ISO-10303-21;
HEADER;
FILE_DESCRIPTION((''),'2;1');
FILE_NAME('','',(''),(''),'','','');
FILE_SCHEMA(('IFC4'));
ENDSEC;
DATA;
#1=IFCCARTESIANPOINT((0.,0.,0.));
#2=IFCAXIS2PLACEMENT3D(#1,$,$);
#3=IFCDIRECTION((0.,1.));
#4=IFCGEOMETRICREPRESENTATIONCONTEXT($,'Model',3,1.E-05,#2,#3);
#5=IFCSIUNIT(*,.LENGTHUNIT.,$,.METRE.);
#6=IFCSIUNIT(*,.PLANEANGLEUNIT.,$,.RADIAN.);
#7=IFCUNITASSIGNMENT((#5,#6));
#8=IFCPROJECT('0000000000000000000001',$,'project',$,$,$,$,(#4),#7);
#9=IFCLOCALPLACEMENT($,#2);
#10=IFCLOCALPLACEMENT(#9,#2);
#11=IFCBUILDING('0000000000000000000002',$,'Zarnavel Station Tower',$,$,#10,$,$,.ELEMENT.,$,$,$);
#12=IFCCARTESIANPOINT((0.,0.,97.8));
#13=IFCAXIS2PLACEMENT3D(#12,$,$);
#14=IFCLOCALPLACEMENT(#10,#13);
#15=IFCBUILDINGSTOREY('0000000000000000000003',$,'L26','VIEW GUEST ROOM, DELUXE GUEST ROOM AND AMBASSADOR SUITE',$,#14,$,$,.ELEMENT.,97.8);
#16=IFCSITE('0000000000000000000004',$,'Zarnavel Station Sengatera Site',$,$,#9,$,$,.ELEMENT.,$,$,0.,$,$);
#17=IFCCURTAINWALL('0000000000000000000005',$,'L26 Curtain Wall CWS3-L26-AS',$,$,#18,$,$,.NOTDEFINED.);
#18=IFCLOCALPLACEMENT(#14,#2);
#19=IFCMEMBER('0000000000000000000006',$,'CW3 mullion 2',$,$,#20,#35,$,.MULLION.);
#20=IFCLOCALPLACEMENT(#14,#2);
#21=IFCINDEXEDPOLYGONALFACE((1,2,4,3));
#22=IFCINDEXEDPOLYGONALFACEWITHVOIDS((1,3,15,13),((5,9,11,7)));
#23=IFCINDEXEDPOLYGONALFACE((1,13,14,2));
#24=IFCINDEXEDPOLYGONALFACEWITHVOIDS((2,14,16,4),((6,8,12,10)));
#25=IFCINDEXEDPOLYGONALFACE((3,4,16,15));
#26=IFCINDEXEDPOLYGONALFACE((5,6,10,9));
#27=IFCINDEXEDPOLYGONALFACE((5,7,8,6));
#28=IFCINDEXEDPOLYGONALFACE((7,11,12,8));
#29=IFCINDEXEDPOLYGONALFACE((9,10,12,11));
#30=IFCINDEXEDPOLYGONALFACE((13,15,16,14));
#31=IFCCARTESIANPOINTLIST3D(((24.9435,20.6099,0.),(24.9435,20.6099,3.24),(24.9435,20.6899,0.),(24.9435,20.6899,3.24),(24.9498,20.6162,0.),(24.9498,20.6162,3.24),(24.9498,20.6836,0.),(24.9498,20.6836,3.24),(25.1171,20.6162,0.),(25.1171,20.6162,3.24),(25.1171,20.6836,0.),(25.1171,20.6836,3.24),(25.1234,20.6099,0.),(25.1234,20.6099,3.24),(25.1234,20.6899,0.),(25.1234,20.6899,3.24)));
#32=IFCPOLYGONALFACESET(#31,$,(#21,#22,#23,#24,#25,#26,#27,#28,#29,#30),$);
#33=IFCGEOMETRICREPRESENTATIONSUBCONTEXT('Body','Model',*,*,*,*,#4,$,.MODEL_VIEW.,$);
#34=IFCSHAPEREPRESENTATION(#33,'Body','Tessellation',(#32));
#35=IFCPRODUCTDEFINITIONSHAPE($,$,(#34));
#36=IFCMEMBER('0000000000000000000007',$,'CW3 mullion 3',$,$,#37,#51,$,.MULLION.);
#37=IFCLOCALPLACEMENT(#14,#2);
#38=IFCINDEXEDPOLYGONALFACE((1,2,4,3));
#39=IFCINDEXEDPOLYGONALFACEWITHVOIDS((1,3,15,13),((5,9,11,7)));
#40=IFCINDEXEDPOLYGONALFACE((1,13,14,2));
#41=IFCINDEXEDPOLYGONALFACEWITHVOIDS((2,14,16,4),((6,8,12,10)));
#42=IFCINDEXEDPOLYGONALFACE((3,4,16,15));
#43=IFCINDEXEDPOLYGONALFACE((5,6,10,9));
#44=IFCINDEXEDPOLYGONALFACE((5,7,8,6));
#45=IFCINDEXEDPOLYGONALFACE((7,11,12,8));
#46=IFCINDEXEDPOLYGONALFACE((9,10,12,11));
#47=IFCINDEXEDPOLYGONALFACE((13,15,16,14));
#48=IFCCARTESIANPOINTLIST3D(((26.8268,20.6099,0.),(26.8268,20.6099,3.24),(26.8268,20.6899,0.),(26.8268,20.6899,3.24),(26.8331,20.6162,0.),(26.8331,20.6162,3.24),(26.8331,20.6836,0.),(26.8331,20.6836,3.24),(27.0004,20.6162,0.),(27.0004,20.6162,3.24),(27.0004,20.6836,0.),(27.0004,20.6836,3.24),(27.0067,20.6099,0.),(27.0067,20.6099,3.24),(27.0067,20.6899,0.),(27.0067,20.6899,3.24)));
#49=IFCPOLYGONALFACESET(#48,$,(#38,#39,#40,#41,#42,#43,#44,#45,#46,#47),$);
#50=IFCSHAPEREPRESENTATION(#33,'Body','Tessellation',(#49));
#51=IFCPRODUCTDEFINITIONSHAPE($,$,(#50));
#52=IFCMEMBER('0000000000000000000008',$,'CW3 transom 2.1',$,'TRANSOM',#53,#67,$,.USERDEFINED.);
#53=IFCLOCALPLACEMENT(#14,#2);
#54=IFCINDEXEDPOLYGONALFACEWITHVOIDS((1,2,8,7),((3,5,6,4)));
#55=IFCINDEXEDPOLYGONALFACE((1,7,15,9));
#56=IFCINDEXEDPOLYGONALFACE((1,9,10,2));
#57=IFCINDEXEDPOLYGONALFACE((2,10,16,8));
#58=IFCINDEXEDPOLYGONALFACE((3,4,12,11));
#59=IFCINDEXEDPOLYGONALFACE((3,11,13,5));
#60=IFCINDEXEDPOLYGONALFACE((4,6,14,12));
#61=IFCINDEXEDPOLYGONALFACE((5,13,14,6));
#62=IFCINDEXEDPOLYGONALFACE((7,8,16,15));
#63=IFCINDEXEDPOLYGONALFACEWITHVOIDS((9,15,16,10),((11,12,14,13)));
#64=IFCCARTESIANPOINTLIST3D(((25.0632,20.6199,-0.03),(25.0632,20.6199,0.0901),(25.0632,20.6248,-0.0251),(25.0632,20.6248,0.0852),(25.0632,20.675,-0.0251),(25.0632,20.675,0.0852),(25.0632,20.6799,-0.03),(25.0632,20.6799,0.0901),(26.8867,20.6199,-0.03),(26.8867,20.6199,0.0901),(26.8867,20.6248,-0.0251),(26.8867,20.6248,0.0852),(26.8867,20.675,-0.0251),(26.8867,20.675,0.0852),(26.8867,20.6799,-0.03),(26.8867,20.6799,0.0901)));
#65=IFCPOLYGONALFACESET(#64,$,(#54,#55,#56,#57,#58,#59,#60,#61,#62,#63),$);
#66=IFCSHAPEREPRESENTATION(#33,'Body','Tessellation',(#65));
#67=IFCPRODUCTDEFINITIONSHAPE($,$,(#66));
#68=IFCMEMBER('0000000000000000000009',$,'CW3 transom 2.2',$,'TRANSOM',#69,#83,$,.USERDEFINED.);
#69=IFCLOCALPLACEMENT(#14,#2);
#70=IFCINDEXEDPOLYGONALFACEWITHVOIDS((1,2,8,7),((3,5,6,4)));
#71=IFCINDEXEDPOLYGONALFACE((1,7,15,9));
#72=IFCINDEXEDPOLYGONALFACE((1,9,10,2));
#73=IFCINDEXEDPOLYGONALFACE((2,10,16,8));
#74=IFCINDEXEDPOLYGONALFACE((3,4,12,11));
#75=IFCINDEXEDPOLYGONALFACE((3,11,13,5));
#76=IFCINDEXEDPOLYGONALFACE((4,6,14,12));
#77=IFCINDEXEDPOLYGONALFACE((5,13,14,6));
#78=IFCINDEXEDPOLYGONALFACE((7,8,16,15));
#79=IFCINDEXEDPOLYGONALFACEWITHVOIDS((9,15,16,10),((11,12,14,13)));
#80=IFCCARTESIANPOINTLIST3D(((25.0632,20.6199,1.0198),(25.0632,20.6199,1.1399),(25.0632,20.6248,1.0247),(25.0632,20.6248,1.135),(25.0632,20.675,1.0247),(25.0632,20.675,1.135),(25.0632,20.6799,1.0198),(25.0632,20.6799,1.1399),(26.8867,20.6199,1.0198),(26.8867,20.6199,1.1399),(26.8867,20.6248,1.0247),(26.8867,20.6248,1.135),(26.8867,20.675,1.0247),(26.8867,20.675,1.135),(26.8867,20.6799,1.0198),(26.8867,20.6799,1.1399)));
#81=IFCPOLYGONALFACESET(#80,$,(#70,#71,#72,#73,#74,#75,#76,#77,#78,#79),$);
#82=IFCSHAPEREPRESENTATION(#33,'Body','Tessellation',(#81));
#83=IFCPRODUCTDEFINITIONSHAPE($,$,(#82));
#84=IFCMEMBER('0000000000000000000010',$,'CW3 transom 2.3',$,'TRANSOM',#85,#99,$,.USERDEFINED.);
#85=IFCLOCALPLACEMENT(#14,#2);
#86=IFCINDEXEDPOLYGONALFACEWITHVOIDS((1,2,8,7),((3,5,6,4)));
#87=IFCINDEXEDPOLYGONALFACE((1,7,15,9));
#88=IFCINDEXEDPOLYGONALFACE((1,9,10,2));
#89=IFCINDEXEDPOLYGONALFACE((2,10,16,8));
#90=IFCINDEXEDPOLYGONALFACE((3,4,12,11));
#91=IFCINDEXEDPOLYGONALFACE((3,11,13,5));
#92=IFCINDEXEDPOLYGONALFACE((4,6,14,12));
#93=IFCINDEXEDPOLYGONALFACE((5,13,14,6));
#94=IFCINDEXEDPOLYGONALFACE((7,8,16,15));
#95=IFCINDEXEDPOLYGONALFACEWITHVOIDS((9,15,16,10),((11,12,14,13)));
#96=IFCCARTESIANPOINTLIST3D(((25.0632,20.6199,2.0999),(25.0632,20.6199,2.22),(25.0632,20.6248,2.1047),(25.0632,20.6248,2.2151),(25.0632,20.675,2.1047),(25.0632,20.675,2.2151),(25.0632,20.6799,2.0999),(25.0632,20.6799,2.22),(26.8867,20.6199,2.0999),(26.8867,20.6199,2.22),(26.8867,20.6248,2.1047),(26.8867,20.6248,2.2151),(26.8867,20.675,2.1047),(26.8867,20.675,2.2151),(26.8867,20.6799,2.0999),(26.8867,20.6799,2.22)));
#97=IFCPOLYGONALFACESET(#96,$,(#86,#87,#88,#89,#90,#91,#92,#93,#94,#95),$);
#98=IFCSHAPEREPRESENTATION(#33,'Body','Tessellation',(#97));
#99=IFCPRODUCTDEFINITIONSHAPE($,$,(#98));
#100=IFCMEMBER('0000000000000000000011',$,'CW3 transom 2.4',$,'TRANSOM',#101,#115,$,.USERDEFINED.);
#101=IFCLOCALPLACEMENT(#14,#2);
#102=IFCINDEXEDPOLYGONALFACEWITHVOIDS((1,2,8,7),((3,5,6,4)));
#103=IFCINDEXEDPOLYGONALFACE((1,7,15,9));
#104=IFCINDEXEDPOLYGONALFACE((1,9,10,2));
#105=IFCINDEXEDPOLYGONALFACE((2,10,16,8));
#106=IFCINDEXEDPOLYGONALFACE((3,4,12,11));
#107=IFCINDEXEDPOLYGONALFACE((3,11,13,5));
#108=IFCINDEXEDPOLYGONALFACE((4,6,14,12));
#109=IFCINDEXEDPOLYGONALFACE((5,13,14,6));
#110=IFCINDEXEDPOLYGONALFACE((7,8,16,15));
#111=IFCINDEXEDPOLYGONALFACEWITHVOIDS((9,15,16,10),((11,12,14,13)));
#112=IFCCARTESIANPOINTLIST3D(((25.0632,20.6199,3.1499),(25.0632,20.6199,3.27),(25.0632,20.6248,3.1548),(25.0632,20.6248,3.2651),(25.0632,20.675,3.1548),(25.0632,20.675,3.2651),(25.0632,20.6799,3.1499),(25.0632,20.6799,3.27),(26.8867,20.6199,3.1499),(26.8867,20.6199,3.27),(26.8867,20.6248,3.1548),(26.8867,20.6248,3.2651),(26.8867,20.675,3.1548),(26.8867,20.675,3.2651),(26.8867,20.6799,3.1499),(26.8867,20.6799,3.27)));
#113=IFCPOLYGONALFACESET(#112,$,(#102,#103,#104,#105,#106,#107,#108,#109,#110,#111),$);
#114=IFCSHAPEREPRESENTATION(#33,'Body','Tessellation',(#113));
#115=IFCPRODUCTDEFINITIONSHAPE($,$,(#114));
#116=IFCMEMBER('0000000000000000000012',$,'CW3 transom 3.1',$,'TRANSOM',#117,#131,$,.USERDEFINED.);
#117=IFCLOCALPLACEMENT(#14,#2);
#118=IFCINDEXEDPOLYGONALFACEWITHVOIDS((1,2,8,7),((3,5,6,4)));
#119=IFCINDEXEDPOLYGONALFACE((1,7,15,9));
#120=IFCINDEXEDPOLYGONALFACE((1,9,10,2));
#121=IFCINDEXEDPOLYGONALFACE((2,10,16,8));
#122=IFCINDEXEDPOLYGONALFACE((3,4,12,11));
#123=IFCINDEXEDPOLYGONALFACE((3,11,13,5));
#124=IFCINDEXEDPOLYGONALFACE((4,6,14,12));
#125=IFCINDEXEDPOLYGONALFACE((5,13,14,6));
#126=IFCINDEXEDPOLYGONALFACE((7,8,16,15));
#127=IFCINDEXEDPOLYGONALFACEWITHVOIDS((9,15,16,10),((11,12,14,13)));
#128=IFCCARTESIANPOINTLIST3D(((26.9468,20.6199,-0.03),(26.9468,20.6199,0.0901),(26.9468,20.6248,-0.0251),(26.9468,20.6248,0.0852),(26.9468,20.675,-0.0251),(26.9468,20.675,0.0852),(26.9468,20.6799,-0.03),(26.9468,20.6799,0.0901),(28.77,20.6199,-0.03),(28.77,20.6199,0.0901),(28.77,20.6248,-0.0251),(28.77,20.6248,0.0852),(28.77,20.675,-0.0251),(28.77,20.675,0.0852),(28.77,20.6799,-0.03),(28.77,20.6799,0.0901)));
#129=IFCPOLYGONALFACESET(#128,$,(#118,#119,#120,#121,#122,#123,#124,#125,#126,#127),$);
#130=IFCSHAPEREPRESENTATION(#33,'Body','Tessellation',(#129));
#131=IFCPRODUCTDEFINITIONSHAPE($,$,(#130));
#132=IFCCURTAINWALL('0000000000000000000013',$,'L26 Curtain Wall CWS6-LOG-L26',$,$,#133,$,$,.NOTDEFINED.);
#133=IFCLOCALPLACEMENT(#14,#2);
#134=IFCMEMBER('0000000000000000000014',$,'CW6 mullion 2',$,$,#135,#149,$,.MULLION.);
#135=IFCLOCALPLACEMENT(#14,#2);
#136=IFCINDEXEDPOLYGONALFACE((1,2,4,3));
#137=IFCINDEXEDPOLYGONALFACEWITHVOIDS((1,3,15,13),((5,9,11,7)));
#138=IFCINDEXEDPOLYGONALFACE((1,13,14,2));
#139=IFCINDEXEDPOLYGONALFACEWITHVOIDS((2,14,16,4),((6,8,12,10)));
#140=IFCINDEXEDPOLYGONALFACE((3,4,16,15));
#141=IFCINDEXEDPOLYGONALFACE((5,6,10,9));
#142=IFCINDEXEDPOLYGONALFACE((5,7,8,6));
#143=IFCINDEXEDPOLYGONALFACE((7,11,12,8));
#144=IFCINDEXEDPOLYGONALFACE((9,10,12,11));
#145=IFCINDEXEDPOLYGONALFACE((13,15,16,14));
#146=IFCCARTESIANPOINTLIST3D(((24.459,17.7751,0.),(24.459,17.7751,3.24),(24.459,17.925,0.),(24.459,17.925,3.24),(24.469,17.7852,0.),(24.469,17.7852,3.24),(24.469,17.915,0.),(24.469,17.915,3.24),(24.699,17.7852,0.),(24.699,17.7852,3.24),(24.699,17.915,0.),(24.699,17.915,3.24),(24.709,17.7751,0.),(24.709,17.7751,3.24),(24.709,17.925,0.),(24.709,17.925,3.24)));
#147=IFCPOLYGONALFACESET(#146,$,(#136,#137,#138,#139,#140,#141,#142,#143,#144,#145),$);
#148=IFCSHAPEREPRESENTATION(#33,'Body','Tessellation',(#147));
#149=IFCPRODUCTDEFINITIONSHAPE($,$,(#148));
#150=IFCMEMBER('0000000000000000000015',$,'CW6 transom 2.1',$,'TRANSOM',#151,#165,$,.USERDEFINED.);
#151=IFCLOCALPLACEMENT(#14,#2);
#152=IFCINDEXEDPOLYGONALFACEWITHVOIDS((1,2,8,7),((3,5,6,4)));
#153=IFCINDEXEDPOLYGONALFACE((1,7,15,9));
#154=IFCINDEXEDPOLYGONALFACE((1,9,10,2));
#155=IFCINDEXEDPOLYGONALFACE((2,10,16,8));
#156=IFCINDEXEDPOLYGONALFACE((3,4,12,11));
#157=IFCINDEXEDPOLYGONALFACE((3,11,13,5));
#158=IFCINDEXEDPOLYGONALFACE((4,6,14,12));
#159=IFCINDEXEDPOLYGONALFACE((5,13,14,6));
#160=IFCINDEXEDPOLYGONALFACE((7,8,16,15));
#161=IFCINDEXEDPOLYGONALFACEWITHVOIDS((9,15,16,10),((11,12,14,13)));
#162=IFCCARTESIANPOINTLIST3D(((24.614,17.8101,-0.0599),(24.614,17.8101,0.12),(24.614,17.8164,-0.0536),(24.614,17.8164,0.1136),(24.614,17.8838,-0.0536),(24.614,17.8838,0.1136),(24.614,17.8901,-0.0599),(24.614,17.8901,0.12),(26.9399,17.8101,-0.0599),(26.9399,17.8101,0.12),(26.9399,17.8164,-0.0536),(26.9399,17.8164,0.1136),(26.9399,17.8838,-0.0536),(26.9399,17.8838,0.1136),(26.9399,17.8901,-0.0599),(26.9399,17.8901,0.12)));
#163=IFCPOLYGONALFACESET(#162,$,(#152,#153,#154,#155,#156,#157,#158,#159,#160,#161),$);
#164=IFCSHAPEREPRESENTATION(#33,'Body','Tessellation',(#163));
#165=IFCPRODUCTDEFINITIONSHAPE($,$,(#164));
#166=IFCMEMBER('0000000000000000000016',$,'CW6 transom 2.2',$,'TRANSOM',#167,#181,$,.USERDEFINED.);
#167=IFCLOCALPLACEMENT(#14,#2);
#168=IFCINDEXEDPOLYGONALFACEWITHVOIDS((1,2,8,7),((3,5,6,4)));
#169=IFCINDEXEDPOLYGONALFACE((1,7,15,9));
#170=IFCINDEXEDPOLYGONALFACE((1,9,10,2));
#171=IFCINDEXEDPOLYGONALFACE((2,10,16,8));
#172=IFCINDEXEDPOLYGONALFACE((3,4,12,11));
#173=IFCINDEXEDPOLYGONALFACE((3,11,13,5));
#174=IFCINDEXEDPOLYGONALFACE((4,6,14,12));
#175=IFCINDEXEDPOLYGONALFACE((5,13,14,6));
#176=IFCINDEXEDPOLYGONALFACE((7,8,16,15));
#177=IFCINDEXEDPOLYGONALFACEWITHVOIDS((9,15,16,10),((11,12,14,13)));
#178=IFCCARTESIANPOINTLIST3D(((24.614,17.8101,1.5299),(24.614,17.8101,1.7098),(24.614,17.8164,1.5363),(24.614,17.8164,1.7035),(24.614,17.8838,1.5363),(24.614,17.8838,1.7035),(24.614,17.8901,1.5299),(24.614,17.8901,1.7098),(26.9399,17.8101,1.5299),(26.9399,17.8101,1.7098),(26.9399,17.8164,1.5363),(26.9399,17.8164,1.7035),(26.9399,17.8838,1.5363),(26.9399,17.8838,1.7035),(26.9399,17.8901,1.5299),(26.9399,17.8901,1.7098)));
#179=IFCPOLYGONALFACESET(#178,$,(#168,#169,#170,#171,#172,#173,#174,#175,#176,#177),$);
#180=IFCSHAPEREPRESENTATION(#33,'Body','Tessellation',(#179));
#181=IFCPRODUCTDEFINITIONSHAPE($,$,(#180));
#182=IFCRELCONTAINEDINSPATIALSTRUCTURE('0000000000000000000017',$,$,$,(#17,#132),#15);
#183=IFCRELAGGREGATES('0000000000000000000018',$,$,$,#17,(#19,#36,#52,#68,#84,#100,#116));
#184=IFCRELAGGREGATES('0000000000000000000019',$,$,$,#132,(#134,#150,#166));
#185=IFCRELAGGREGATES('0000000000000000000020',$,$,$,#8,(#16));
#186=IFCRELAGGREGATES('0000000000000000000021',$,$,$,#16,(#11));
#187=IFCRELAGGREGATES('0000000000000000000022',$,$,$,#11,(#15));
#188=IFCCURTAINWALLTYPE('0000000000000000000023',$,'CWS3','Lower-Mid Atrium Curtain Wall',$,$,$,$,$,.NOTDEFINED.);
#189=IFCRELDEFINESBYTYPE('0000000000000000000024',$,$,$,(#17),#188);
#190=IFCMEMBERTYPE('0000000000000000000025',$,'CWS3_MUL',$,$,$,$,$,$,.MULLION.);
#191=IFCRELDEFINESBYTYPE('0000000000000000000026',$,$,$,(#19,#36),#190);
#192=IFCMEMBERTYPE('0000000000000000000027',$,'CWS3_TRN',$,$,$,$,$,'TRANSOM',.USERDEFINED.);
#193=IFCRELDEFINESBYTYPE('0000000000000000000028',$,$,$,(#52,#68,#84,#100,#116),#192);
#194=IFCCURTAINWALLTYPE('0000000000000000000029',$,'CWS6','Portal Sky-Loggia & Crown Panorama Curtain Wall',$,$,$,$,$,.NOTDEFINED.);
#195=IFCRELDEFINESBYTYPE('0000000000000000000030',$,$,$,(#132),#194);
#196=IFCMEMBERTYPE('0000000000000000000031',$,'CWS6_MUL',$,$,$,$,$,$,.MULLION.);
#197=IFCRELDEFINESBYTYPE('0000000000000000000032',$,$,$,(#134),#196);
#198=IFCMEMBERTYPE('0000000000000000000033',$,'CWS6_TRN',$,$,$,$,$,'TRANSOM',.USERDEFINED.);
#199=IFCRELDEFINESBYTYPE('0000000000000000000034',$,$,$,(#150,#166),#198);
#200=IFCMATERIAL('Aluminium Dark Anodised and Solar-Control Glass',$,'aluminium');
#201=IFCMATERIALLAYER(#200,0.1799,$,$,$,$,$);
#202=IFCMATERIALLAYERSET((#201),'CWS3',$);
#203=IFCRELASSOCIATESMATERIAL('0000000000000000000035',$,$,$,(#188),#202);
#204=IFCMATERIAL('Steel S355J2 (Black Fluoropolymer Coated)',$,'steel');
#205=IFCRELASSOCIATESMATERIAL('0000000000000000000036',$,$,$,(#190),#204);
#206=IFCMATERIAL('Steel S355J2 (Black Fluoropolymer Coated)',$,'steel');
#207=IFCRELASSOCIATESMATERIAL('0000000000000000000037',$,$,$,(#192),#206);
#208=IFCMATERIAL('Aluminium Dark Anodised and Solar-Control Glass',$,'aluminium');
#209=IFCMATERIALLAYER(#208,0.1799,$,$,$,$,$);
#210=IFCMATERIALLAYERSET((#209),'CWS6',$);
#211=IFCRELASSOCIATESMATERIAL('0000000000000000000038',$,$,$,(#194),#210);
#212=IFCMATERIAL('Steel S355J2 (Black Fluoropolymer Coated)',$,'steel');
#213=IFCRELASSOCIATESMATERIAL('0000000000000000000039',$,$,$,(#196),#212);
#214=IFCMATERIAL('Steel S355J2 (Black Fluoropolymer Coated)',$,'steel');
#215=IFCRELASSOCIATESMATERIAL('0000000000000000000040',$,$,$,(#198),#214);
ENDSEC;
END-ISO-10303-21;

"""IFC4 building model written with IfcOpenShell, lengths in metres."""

from ifc_helpers import new_model, si_unit, direction, frame, origin, origin_2d, place, context, subcontext, project, spatial, hollow_rectangle, extrude, material, layer, layer_set, material_profile, profile_set, type_object, element, aggregate, save


model = new_model("IFC4")

# Units and contexts
model_context = context("Model", 3, precision=1e-05, world=origin(), true_north=direction((0.0, 1.0)))
body_context = subcontext(model_context, "Body", "Model", "MODEL_VIEW")
ifc_project = project(units=[si_unit("LENGTHUNIT", "METRE"), si_unit("PLANEANGLEUNIT", "RADIAN")], contexts=[model_context])

# Site, building, storey
site_placement = place(None, origin())
site = spatial("IfcSite", under=ifc_project, at=site_placement, Name="Zarnavel Station Sengatera Site", CompositionType="ELEMENT", RefElevation=0.0)
building_placement = place(site_placement, origin())
building = spatial("IfcBuilding", under=site, at=building_placement, Name="Zarnavel Station Tower", CompositionType="ELEMENT")
storey_placement = place(building_placement, frame((0.0, 0.0, 97.8)))
storey = spatial("IfcBuildingStorey", under=building, at=storey_placement, Name="L26", Description="VIEW GUEST ROOM, DELUXE GUEST ROOM AND AMBASSADOR SUITE", CompositionType="ELEMENT", Elevation=97.8)

# Curtain walls, members
ifc_material_1 = material(Name="Aluminium Dark Anodised and Solar-Control Glass", Category="aluminium")
ifc_layer_1 = layer(ifc_material_1, 0.1799)
ifc_layer_set_1 = layer_set([ifc_layer_1], Name="CWS3")
curtain_wall_type_1 = type_object("IfcCurtainWallType", Name="CWS3", Description="Lower-Mid Atrium Curtain Wall", PredefinedType="NOTDEFINED", material=ifc_layer_set_1)
curtain_wall_1_placement = place(storey_placement, origin())
curtain_wall_1 = element("IfcCurtainWall", 1, at=curtain_wall_1_placement, inside=storey, type_object=curtain_wall_type_1, Name="L26 Curtain Wall CWS3-L26-AS", PredefinedType="NOTDEFINED")
ifc_material_2 = material(Name="Steel S355J2 (Black Fluoropolymer Coated)", Category="steel")
ifc_material_profile_1 = material_profile(ifc_material_2, hollow_rectangle(XDim=0.0801, YDim=0.1799, WallThickness=0.0063, at=origin_2d()), Name="RHS180x80x6.3")
ifc_profile_set_1 = profile_set([ifc_material_profile_1], Name="Steel S355J2 (Black Fluoropolymer Coated)")
member_type_1 = type_object("IfcMemberType", Name="CWS3_MUL", PredefinedType="MULLION", material=ifc_profile_set_1)
member_1_placement = place(storey_placement, frame((25.0334, 20.6499, 0.0), z_axis=(0.0, 0.0, 1.0), x_axis=(0.0, 1.0, 0.0)))
member_1 = element("IfcMember", 2, at=member_1_placement, type_object=member_type_1, Name="CW3 mullion 2", PredefinedType="MULLION", context=body_context, shape_type="SweptSolid", body=[
    extrude(hollow_rectangle(XDim=0.0801, YDim=0.1799, WallThickness=0.0063, at=origin_2d()), origin(), (0.0, 0.0, 1.0), 3.24),
])
member_2_placement = place(storey_placement, frame((26.9167, 20.6499, 0.0), z_axis=(0.0, 0.0, 1.0), x_axis=(0.0, 1.0, 0.0)))
member_2 = element("IfcMember", 3, at=member_2_placement, type_object=member_type_1, Name="CW3 mullion 3", PredefinedType="MULLION", context=body_context, shape_type="SweptSolid", body=[
    extrude(hollow_rectangle(XDim=0.0801, YDim=0.1799, WallThickness=0.0063, at=origin_2d()), origin(), (0.0, 0.0, 1.0), 3.24),
])
ifc_material_3 = material(Name="Steel S355J2 (Black Fluoropolymer Coated)", Category="steel")
ifc_material_profile_2 = material_profile(ifc_material_3, hollow_rectangle(XDim=0.0601, YDim=0.1201, WallThickness=0.0049, at=origin_2d()), Name="RHS120x60x5")
ifc_profile_set_2 = profile_set([ifc_material_profile_2], Name="Steel S355J2 (Black Fluoropolymer Coated)")
member_type_2 = type_object("IfcMemberType", Name="CWS3_TRN", ElementType="TRANSOM", PredefinedType="USERDEFINED", material=ifc_profile_set_2)
member_3_placement = place(storey_placement, frame((25.0632, 20.6499, 0.03), z_axis=(1.0, 0.0, 0.0), x_axis=(0.0, 1.0, 0.0)))
member_3 = element("IfcMember", 4, at=member_3_placement, type_object=member_type_2, Name="CW3 transom 2.1", ObjectType="TRANSOM", PredefinedType="USERDEFINED", context=body_context, shape_type="SweptSolid", body=[
    extrude(hollow_rectangle(XDim=0.0601, YDim=0.1201, WallThickness=0.0049, at=origin_2d()), origin(), (0.0, 0.0, 1.0), 1.8235),
])
member_4_placement = place(storey_placement, frame((25.0632, 20.6499, 1.0798), z_axis=(1.0, 0.0, 0.0), x_axis=(0.0, 1.0, 0.0)))
member_4 = element("IfcMember", 5, at=member_4_placement, type_object=member_type_2, Name="CW3 transom 2.2", ObjectType="TRANSOM", PredefinedType="USERDEFINED", context=body_context, shape_type="SweptSolid", body=[
    extrude(hollow_rectangle(XDim=0.0601, YDim=0.1201, WallThickness=0.0049, at=origin_2d()), origin(), (0.0, 0.0, 1.0), 1.8235),
])
member_5_placement = place(storey_placement, frame((25.0632, 20.6499, 2.1599), z_axis=(1.0, 0.0, 0.0), x_axis=(0.0, 1.0, 0.0)))
member_5 = element("IfcMember", 6, at=member_5_placement, type_object=member_type_2, Name="CW3 transom 2.3", ObjectType="TRANSOM", PredefinedType="USERDEFINED", context=body_context, shape_type="SweptSolid", body=[
    extrude(hollow_rectangle(XDim=0.0601, YDim=0.1201, WallThickness=0.0049, at=origin_2d()), origin(), (0.0, 0.0, 1.0), 1.8235),
])
member_6_placement = place(storey_placement, frame((25.0632, 20.6499, 3.21), z_axis=(1.0, 0.0, 0.0), x_axis=(0.0, 1.0, 0.0)))
member_6 = element("IfcMember", 7, at=member_6_placement, type_object=member_type_2, Name="CW3 transom 2.4", ObjectType="TRANSOM", PredefinedType="USERDEFINED", context=body_context, shape_type="SweptSolid", body=[
    extrude(hollow_rectangle(XDim=0.0601, YDim=0.1201, WallThickness=0.0049, at=origin_2d()), origin(), (0.0, 0.0, 1.0), 1.8235),
])
member_7_placement = place(storey_placement, frame((26.9468, 20.6499, 0.03), z_axis=(1.0, 0.0, 0.0), x_axis=(0.0, 1.0, 0.0)))
member_7 = element("IfcMember", 8, at=member_7_placement, type_object=member_type_2, Name="CW3 transom 3.1", ObjectType="TRANSOM", PredefinedType="USERDEFINED", context=body_context, shape_type="SweptSolid", body=[
    extrude(hollow_rectangle(XDim=0.0601, YDim=0.1201, WallThickness=0.0049, at=origin_2d()), origin(), (0.0, 0.0, 1.0), 1.8232),
])
ifc_material_4 = material(Name="Aluminium Dark Anodised and Solar-Control Glass", Category="aluminium")
ifc_layer_2 = layer(ifc_material_4, 0.1799)
ifc_layer_set_2 = layer_set([ifc_layer_2], Name="CWS6")
curtain_wall_type_2 = type_object("IfcCurtainWallType", Name="CWS6", Description="Portal Sky-Loggia & Crown Panorama Curtain Wall", PredefinedType="NOTDEFINED", material=ifc_layer_set_2)
curtain_wall_2_placement = place(storey_placement, origin())
curtain_wall_2 = element("IfcCurtainWall", 9, at=curtain_wall_2_placement, inside=storey, type_object=curtain_wall_type_2, Name="L26 Curtain Wall CWS6-LOG-L26", PredefinedType="NOTDEFINED")
ifc_material_5 = material(Name="Steel S355J2 (Black Fluoropolymer Coated)", Category="steel")
ifc_material_profile_3 = material_profile(ifc_material_5, hollow_rectangle(XDim=0.1499, YDim=0.25, WallThickness=0.01, at=origin_2d()), Name="RHS250x150x10")
ifc_profile_set_3 = profile_set([ifc_material_profile_3], Name="Steel S355J2 (Black Fluoropolymer Coated)")
member_type_3 = type_object("IfcMemberType", Name="CWS6_MUL", PredefinedType="MULLION", material=ifc_profile_set_3)
member_8_placement = place(storey_placement, frame((24.584, 17.8501, 0.0), z_axis=(0.0, 0.0, 1.0), x_axis=(0.0, 1.0, 0.0)))
member_8 = element("IfcMember", 10, at=member_8_placement, type_object=member_type_3, Name="CW6 mullion 2", PredefinedType="MULLION", context=body_context, shape_type="SweptSolid", body=[
    extrude(hollow_rectangle(XDim=0.1499, YDim=0.25, WallThickness=0.01, at=origin_2d()), origin(), (0.0, 0.0, 1.0), 3.24),
])
ifc_material_6 = material(Name="Steel S355J2 (Black Fluoropolymer Coated)", Category="steel")
ifc_material_profile_4 = material_profile(ifc_material_6, hollow_rectangle(XDim=0.0801, YDim=0.1799, WallThickness=0.0063, at=origin_2d()), Name="RHS180x80x6.3")
ifc_profile_set_4 = profile_set([ifc_material_profile_4], Name="Steel S355J2 (Black Fluoropolymer Coated)")
member_type_4 = type_object("IfcMemberType", Name="CWS6_TRN", ElementType="TRANSOM", PredefinedType="USERDEFINED", material=ifc_profile_set_4)
member_9_placement = place(storey_placement, frame((24.614, 17.8501, 0.03), z_axis=(1.0, 0.0, 0.0), x_axis=(0.0, 1.0, 0.0)))
member_9 = element("IfcMember", 11, at=member_9_placement, type_object=member_type_4, Name="CW6 transom 2.1", ObjectType="TRANSOM", PredefinedType="USERDEFINED", context=body_context, shape_type="SweptSolid", body=[
    extrude(hollow_rectangle(XDim=0.0801, YDim=0.1799, WallThickness=0.0063, at=origin_2d()), origin(), (0.0, 0.0, 1.0), 2.3259),
])
member_10_placement = place(storey_placement, frame((24.614, 17.8501, 1.6199), z_axis=(1.0, 0.0, 0.0), x_axis=(0.0, 1.0, 0.0)))
member_10 = element("IfcMember", 12, at=member_10_placement, type_object=member_type_4, Name="CW6 transom 2.2", ObjectType="TRANSOM", PredefinedType="USERDEFINED", context=body_context, shape_type="SweptSolid", body=[
    extrude(hollow_rectangle(XDim=0.0801, YDim=0.1799, WallThickness=0.0063, at=origin_2d()), origin(), (0.0, 0.0, 1.0), 2.3259),
])

aggregate(curtain_wall_1, [member_1, member_2, member_3, member_4, member_5, member_6, member_7])
aggregate(curtain_wall_2, [member_8, member_9, member_10])

save(model, "model.ifc")
